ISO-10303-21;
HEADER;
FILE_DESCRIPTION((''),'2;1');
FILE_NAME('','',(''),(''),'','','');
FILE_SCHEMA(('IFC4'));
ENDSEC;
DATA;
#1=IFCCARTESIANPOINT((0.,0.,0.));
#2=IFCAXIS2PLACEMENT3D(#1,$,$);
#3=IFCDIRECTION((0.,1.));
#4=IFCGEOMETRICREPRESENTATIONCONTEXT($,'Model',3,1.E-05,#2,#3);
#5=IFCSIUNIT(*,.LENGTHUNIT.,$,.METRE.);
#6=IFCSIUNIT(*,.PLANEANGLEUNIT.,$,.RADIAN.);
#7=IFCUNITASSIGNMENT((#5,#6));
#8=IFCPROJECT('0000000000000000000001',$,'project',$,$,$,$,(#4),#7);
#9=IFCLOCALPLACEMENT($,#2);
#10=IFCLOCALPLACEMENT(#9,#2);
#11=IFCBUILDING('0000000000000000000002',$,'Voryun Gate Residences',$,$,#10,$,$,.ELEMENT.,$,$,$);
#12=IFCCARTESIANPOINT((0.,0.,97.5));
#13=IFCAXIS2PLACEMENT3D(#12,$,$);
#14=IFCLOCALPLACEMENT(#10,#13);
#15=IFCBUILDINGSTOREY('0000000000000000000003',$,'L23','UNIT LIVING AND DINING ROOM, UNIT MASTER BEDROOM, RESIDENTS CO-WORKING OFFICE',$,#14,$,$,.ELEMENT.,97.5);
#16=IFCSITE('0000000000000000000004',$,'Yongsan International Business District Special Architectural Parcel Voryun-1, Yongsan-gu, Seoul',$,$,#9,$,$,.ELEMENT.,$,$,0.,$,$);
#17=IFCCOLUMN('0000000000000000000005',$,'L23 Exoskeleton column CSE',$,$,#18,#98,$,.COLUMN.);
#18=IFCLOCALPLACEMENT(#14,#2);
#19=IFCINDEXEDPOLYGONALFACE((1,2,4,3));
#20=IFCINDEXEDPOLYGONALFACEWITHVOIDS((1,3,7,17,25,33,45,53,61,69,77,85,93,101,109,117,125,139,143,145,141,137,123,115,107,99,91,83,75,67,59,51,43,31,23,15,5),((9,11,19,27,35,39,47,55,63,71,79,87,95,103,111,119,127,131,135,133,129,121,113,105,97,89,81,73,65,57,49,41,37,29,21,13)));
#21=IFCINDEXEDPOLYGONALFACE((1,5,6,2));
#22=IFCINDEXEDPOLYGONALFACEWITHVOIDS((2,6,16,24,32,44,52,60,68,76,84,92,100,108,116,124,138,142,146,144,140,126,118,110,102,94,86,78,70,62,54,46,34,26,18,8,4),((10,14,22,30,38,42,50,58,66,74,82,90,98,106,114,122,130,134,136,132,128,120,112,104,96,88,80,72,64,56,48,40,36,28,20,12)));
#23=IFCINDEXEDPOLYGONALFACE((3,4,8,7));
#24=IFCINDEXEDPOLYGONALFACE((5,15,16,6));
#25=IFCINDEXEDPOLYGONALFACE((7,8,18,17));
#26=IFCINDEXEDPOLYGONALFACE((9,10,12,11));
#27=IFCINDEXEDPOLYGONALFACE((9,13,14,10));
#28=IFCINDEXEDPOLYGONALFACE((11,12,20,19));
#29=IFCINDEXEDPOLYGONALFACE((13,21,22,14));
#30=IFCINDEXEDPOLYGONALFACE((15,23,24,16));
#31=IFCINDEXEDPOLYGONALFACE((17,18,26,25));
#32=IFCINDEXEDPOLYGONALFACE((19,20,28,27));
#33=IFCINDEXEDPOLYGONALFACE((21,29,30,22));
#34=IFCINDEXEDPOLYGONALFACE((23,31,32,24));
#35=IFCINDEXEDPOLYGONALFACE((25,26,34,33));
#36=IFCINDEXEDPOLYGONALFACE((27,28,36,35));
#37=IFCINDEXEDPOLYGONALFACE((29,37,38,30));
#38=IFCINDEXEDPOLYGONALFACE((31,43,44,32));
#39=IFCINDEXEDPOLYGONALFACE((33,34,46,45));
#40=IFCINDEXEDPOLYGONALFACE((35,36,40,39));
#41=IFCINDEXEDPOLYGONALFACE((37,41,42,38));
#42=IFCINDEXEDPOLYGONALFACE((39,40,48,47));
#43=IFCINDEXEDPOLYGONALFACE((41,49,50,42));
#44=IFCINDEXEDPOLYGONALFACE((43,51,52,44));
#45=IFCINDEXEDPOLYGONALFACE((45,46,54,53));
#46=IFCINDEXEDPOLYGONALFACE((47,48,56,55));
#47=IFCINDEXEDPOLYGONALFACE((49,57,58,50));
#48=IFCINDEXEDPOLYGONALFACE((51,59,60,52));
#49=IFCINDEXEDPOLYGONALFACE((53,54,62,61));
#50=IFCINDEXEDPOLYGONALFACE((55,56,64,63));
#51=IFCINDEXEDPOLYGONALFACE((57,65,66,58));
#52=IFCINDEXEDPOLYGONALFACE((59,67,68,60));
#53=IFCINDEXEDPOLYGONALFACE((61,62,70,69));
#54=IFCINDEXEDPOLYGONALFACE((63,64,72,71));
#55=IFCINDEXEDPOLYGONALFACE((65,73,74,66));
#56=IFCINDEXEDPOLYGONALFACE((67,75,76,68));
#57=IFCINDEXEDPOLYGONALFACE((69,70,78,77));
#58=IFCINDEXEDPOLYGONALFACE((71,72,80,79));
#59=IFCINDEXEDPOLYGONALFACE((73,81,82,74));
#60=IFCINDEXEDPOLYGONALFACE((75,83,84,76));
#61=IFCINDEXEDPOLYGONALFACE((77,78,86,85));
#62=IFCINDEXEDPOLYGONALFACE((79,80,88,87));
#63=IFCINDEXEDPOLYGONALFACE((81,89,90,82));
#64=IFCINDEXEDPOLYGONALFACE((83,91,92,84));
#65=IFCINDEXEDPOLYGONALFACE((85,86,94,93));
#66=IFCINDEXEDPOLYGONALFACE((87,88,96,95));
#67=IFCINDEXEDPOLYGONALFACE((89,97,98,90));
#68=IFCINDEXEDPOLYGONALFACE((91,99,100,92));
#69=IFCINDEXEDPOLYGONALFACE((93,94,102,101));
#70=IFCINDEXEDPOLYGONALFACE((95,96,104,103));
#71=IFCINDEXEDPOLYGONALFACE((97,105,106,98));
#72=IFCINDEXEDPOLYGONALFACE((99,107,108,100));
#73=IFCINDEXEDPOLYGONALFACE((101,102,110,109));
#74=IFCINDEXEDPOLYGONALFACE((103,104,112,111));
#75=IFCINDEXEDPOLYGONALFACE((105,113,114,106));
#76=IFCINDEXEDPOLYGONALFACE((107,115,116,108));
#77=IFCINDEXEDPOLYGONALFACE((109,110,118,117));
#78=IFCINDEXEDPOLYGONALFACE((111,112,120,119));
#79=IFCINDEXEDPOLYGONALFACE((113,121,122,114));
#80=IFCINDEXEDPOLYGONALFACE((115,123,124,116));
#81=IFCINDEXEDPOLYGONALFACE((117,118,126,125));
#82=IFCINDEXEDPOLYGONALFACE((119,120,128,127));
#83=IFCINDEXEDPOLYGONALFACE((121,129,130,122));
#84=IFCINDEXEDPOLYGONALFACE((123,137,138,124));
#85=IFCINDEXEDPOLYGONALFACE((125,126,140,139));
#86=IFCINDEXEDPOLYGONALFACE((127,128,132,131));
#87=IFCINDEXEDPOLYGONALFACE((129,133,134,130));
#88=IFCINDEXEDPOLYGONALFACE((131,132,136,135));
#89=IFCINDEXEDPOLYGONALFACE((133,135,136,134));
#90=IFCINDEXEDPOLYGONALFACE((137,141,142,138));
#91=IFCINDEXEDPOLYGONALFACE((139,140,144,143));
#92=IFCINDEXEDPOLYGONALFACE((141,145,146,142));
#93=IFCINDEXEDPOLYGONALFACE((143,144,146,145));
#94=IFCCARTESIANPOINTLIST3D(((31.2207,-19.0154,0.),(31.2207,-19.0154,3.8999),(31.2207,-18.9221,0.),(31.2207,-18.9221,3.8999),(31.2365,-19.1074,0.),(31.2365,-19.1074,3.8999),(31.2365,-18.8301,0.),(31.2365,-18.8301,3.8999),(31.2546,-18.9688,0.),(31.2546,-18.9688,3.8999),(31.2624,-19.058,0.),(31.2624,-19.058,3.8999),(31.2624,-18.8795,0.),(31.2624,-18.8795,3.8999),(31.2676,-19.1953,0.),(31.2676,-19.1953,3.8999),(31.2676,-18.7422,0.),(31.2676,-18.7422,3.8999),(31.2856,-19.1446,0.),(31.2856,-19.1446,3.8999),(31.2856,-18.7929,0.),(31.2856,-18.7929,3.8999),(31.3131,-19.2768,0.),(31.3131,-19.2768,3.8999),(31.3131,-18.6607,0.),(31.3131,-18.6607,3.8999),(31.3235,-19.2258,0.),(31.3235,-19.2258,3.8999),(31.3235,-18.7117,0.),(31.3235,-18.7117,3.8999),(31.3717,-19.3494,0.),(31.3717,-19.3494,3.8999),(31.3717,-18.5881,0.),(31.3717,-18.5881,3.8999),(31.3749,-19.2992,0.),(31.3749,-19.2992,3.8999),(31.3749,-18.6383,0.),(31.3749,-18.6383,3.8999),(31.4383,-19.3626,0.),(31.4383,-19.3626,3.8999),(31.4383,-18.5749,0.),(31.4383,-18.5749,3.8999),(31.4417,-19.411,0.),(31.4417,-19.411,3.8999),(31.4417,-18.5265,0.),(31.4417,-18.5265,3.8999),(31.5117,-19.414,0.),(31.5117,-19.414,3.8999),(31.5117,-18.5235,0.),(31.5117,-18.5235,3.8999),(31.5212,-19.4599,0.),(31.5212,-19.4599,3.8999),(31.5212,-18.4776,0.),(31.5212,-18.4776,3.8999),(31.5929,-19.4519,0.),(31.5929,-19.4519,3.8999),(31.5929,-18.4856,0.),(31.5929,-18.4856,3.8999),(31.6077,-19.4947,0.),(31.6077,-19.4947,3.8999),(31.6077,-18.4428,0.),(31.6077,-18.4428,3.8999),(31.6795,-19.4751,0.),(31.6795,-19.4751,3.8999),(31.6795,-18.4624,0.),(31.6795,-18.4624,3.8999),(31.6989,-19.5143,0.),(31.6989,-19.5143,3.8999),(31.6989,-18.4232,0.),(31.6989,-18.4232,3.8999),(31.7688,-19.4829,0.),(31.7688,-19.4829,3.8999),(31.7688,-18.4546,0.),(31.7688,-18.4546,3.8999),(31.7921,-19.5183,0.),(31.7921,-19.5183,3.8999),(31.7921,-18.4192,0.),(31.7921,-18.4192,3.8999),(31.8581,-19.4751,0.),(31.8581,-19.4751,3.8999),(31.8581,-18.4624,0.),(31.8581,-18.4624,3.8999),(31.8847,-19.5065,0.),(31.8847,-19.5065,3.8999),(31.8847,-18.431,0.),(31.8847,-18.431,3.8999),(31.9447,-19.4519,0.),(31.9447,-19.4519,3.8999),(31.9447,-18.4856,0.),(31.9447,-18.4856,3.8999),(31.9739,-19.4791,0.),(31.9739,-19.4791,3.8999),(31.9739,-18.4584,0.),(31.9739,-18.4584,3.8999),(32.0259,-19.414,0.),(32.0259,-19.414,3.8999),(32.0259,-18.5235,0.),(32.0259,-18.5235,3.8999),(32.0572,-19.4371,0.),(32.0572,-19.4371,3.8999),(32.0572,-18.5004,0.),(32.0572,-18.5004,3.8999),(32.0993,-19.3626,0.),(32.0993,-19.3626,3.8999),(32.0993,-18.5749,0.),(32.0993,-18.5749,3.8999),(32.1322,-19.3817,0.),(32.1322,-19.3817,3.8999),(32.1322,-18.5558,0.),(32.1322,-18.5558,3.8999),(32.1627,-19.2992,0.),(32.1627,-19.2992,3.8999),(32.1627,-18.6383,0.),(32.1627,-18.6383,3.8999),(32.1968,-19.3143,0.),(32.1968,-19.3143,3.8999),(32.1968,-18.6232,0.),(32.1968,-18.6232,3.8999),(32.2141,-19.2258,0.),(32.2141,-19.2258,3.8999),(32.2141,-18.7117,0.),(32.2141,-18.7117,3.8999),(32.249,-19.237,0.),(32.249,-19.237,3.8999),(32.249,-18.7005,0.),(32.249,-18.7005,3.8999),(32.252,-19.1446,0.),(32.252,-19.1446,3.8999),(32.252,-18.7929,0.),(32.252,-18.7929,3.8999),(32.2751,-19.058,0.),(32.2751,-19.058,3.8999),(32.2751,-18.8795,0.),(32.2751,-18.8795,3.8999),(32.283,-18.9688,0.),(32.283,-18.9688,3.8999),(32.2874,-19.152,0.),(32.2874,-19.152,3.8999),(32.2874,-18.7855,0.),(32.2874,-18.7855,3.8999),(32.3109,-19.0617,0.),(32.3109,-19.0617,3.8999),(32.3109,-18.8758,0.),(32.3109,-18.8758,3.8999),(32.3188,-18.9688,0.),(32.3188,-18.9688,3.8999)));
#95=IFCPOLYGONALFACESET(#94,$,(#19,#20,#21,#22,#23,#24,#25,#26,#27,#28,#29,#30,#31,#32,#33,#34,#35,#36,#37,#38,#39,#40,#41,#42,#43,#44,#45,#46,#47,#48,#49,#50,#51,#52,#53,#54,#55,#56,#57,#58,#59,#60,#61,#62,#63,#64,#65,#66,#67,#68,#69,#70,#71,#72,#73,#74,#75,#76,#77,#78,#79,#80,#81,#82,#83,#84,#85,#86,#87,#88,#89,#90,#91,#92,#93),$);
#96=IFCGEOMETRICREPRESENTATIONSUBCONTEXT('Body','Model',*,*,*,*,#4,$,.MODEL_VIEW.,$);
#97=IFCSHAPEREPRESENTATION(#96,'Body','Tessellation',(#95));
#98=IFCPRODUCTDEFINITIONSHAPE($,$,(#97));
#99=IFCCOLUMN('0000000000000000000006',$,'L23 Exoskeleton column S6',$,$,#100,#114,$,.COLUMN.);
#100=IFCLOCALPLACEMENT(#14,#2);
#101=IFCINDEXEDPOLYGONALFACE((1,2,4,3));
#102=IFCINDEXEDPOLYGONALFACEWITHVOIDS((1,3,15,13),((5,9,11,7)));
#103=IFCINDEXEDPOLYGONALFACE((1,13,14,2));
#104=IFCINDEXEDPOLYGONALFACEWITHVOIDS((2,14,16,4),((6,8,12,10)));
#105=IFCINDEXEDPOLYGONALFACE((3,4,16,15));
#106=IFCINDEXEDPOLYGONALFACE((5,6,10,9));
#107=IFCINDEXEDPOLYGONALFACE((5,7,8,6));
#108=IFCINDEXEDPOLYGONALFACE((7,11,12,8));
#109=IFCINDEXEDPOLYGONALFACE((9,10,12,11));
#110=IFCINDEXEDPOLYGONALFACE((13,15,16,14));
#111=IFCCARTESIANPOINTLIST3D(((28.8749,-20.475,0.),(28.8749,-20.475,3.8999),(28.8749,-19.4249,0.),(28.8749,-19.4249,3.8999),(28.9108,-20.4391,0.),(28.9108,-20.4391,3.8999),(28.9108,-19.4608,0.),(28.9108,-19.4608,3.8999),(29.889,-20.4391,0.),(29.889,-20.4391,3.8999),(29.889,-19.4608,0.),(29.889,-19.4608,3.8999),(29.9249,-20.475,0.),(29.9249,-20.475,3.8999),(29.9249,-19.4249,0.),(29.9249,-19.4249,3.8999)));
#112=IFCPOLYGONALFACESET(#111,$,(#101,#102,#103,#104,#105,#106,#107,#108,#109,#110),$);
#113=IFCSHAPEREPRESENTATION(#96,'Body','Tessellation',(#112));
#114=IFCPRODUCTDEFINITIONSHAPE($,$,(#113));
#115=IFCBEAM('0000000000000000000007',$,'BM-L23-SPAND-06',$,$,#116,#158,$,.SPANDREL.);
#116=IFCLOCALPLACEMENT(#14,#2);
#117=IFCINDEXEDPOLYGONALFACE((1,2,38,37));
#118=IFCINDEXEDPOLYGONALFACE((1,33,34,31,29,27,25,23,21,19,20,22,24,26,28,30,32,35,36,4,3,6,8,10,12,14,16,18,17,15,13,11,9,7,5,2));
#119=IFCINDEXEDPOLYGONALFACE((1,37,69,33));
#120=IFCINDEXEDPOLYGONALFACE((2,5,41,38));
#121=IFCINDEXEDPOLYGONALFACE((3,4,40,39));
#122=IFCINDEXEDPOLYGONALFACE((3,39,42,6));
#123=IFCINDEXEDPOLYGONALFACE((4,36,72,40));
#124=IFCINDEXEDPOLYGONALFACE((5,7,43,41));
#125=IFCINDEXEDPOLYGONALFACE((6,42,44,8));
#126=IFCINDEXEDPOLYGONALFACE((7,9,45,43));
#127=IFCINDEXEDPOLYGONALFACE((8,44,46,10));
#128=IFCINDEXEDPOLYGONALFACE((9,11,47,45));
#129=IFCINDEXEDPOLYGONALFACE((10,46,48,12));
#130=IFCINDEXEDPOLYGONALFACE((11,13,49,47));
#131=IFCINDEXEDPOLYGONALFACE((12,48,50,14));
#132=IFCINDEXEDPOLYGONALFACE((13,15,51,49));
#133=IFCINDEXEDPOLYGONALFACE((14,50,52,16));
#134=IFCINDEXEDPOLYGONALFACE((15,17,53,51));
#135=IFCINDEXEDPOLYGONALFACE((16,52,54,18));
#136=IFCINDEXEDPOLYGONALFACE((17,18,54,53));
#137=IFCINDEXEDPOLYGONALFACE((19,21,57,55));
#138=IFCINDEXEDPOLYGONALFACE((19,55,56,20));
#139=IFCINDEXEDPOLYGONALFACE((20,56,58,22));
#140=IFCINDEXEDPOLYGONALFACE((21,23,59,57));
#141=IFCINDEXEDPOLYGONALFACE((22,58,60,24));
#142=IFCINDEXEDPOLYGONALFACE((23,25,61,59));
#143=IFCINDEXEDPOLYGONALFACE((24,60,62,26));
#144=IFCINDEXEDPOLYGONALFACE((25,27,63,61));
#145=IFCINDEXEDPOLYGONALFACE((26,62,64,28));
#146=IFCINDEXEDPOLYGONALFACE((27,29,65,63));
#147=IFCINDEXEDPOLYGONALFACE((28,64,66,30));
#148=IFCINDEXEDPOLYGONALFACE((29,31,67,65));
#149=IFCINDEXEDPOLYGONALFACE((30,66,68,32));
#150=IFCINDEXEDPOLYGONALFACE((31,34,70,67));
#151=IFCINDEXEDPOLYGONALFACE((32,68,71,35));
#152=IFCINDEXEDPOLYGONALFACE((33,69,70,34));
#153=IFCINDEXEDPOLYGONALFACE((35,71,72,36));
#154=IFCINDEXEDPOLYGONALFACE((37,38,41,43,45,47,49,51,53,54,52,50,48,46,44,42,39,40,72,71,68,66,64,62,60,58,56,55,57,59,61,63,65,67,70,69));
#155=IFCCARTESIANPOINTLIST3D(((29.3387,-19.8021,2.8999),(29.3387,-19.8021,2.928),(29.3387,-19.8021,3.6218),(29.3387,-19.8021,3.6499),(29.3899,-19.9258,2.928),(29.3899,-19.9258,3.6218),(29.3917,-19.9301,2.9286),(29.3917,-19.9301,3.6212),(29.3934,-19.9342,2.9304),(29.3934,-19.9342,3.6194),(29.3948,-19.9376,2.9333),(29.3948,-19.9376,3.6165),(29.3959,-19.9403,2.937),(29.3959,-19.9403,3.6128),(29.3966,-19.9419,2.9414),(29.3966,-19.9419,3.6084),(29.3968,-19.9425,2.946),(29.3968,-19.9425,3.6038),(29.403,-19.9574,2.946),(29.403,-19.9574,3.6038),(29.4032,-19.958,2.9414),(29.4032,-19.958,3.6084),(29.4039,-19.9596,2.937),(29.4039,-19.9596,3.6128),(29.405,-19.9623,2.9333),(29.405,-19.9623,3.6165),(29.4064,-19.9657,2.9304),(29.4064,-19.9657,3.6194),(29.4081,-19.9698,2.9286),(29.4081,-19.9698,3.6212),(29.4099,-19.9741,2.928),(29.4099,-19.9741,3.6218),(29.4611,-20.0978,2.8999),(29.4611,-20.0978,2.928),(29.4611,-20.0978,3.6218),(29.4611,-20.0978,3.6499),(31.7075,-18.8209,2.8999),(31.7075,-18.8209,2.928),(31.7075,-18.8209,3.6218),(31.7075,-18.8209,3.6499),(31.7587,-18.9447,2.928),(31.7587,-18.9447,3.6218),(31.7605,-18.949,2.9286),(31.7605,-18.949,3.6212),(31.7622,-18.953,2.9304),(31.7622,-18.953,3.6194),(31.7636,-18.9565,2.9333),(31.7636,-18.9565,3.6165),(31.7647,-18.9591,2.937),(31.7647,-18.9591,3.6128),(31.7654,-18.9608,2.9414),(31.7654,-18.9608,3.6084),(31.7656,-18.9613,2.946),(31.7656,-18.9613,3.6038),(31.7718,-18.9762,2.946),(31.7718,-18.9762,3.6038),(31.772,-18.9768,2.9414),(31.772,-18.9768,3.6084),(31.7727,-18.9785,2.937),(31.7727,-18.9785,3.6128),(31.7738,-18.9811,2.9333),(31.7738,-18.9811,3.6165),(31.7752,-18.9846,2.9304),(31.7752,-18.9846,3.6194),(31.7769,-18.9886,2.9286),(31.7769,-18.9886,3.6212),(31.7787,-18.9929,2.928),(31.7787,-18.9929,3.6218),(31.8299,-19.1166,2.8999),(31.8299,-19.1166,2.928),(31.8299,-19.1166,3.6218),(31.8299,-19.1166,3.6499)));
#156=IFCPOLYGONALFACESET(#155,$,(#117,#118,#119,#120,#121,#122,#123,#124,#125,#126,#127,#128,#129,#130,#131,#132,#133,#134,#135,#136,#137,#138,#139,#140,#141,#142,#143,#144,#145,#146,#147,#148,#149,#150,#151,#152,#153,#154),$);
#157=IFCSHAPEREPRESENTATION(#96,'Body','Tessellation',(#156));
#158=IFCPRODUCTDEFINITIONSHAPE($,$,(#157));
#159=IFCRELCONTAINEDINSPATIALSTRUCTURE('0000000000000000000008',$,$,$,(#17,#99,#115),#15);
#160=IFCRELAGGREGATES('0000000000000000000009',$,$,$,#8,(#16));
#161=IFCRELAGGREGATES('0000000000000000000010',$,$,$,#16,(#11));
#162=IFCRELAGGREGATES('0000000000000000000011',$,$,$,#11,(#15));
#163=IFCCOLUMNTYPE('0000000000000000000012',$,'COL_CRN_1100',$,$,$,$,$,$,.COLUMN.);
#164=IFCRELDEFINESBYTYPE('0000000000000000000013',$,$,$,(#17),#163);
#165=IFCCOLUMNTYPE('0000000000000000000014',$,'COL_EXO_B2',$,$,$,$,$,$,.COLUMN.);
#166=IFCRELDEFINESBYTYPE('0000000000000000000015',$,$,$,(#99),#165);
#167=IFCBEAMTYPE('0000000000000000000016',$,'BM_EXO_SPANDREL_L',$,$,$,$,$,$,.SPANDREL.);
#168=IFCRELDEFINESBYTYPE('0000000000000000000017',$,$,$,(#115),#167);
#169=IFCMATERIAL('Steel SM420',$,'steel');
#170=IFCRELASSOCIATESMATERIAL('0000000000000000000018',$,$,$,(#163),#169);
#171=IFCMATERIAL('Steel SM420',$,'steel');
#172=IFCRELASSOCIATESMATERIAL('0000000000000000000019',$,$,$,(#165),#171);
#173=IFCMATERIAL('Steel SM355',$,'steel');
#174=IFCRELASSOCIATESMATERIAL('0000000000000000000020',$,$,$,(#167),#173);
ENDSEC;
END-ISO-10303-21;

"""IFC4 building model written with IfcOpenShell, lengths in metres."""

from ifc_helpers import new_model, si_unit, direction, frame, origin, origin_2d, place, context, subcontext, project, spatial, hollow_rectangle, hollow_circle, i_section, extrude, material, material_profile, profile_set, type_object, element, save


model = new_model("IFC4")

# Units and contexts
model_context = context("Model", 3, precision=1e-05, world=origin(), true_north=direction((0.0, 1.0)))
body_context = subcontext(model_context, "Body", "Model", "MODEL_VIEW")
ifc_project = project(units=[si_unit("LENGTHUNIT", "METRE"), si_unit("PLANEANGLEUNIT", "RADIAN")], contexts=[model_context])

# Site, building, storey
site_placement = place(None, origin())
site = spatial("IfcSite", under=ifc_project, at=site_placement, Name="Yongsan International Business District Special Architectural Parcel Voryun-1, Yongsan-gu, Seoul", CompositionType="ELEMENT", RefElevation=0.0)
building_placement = place(site_placement, origin())
building = spatial("IfcBuilding", under=site, at=building_placement, Name="Voryun Gate Residences", CompositionType="ELEMENT")
storey_placement = place(building_placement, frame((0.0, 0.0, 97.5)))
storey = spatial("IfcBuildingStorey", under=building, at=storey_placement, Name="L23", Description="UNIT LIVING AND DINING ROOM, UNIT MASTER BEDROOM, RESIDENTS CO-WORKING OFFICE", CompositionType="ELEMENT", Elevation=97.5)

# Columns
ifc_material_1 = material(Name="Steel SM420", Category="steel")
ifc_material_profile_1 = material_profile(ifc_material_1, hollow_circle(Radius=0.55, WallThickness=0.0359, at=origin_2d()), Name="CHS-1100x36")
ifc_profile_set_1 = profile_set([ifc_material_profile_1], Name="Steel SM420")
column_type_1 = type_object("IfcColumnType", Name="COL_CRN_1100", PredefinedType="COLUMN", material=ifc_profile_set_1)
column_1_placement = place(storey_placement, frame((31.7688, -18.9688, 0.0), z_axis=(0.0, 0.0, 1.0), x_axis=(1.0, 0.0, 0.0)))
element("IfcColumn", 1, at=column_1_placement, inside=storey, type_object=column_type_1, Name="L23 Exoskeleton column CSE", PredefinedType="COLUMN", context=body_context, shape_type="SweptSolid", body=[
    extrude(hollow_circle(Radius=0.55, WallThickness=0.0359, at=origin_2d()), origin(), (0.0, 0.0, 1.0), 3.8999),
])
ifc_material_2 = material(Name="Steel SM420", Category="steel")
ifc_material_profile_2 = material_profile(ifc_material_2, hollow_rectangle(XDim=1.05, YDim=1.05, WallThickness=0.0359, at=origin_2d()), Name="BOX-1050x1050x36")
ifc_profile_set_2 = profile_set([ifc_material_profile_2], Name="Steel SM420")
column_type_2 = type_object("IfcColumnType", Name="COL_EXO_B2", PredefinedType="COLUMN", material=ifc_profile_set_2)
column_2_placement = place(storey_placement, frame((29.3999, -19.95, 0.0), z_axis=(0.0, 0.0, 1.0), x_axis=(1.0, 0.0, 0.0)))
element("IfcColumn", 2, at=column_2_placement, inside=storey, type_object=column_type_2, Name="L23 Exoskeleton column S6", PredefinedType="COLUMN", context=body_context, shape_type="SweptSolid", body=[
    extrude(hollow_rectangle(XDim=1.05, YDim=1.05, WallThickness=0.0359, at=origin_2d()), origin(), (0.0, 0.0, 1.0), 3.8999),
])

# Beam
ifc_material_3 = material(Name="Steel SM355", Category="steel")
ifc_material_profile_3 = material_profile(ifc_material_3, i_section(OverallWidth=0.3201, OverallDepth=0.75, WebThickness=0.0161, FlangeThickness=0.0281, FilletRadius=0.0181, at=origin_2d()), Name="H-750x320x16x28")
ifc_profile_set_3 = profile_set([ifc_material_profile_3], Name="Steel SM355")
beam_type = type_object("IfcBeamType", Name="BM_EXO_SPANDREL_L", PredefinedType="SPANDREL", material=ifc_profile_set_3)
beam_1_placement = place(storey_placement, frame((29.3999, -19.95, 3.2749), z_axis=(0.923883, 0.382674, 0.0), x_axis=(-0.382674, 0.923883, 0.0)))
element("IfcBeam", 3, at=beam_1_placement, inside=storey, type_object=beam_type, Name="BM-L23-SPAND-06", PredefinedType="SPANDREL", context=body_context, shape_type="SweptSolid", body=[
    extrude(i_section(OverallWidth=0.3201, OverallDepth=0.75, WebThickness=0.0161, FlangeThickness=0.0281, FilletRadius=0.0181, at=origin_2d()), origin(), (0.0, 0.0, 1.0), 2.564),
])

save(model, "model.ifc")
